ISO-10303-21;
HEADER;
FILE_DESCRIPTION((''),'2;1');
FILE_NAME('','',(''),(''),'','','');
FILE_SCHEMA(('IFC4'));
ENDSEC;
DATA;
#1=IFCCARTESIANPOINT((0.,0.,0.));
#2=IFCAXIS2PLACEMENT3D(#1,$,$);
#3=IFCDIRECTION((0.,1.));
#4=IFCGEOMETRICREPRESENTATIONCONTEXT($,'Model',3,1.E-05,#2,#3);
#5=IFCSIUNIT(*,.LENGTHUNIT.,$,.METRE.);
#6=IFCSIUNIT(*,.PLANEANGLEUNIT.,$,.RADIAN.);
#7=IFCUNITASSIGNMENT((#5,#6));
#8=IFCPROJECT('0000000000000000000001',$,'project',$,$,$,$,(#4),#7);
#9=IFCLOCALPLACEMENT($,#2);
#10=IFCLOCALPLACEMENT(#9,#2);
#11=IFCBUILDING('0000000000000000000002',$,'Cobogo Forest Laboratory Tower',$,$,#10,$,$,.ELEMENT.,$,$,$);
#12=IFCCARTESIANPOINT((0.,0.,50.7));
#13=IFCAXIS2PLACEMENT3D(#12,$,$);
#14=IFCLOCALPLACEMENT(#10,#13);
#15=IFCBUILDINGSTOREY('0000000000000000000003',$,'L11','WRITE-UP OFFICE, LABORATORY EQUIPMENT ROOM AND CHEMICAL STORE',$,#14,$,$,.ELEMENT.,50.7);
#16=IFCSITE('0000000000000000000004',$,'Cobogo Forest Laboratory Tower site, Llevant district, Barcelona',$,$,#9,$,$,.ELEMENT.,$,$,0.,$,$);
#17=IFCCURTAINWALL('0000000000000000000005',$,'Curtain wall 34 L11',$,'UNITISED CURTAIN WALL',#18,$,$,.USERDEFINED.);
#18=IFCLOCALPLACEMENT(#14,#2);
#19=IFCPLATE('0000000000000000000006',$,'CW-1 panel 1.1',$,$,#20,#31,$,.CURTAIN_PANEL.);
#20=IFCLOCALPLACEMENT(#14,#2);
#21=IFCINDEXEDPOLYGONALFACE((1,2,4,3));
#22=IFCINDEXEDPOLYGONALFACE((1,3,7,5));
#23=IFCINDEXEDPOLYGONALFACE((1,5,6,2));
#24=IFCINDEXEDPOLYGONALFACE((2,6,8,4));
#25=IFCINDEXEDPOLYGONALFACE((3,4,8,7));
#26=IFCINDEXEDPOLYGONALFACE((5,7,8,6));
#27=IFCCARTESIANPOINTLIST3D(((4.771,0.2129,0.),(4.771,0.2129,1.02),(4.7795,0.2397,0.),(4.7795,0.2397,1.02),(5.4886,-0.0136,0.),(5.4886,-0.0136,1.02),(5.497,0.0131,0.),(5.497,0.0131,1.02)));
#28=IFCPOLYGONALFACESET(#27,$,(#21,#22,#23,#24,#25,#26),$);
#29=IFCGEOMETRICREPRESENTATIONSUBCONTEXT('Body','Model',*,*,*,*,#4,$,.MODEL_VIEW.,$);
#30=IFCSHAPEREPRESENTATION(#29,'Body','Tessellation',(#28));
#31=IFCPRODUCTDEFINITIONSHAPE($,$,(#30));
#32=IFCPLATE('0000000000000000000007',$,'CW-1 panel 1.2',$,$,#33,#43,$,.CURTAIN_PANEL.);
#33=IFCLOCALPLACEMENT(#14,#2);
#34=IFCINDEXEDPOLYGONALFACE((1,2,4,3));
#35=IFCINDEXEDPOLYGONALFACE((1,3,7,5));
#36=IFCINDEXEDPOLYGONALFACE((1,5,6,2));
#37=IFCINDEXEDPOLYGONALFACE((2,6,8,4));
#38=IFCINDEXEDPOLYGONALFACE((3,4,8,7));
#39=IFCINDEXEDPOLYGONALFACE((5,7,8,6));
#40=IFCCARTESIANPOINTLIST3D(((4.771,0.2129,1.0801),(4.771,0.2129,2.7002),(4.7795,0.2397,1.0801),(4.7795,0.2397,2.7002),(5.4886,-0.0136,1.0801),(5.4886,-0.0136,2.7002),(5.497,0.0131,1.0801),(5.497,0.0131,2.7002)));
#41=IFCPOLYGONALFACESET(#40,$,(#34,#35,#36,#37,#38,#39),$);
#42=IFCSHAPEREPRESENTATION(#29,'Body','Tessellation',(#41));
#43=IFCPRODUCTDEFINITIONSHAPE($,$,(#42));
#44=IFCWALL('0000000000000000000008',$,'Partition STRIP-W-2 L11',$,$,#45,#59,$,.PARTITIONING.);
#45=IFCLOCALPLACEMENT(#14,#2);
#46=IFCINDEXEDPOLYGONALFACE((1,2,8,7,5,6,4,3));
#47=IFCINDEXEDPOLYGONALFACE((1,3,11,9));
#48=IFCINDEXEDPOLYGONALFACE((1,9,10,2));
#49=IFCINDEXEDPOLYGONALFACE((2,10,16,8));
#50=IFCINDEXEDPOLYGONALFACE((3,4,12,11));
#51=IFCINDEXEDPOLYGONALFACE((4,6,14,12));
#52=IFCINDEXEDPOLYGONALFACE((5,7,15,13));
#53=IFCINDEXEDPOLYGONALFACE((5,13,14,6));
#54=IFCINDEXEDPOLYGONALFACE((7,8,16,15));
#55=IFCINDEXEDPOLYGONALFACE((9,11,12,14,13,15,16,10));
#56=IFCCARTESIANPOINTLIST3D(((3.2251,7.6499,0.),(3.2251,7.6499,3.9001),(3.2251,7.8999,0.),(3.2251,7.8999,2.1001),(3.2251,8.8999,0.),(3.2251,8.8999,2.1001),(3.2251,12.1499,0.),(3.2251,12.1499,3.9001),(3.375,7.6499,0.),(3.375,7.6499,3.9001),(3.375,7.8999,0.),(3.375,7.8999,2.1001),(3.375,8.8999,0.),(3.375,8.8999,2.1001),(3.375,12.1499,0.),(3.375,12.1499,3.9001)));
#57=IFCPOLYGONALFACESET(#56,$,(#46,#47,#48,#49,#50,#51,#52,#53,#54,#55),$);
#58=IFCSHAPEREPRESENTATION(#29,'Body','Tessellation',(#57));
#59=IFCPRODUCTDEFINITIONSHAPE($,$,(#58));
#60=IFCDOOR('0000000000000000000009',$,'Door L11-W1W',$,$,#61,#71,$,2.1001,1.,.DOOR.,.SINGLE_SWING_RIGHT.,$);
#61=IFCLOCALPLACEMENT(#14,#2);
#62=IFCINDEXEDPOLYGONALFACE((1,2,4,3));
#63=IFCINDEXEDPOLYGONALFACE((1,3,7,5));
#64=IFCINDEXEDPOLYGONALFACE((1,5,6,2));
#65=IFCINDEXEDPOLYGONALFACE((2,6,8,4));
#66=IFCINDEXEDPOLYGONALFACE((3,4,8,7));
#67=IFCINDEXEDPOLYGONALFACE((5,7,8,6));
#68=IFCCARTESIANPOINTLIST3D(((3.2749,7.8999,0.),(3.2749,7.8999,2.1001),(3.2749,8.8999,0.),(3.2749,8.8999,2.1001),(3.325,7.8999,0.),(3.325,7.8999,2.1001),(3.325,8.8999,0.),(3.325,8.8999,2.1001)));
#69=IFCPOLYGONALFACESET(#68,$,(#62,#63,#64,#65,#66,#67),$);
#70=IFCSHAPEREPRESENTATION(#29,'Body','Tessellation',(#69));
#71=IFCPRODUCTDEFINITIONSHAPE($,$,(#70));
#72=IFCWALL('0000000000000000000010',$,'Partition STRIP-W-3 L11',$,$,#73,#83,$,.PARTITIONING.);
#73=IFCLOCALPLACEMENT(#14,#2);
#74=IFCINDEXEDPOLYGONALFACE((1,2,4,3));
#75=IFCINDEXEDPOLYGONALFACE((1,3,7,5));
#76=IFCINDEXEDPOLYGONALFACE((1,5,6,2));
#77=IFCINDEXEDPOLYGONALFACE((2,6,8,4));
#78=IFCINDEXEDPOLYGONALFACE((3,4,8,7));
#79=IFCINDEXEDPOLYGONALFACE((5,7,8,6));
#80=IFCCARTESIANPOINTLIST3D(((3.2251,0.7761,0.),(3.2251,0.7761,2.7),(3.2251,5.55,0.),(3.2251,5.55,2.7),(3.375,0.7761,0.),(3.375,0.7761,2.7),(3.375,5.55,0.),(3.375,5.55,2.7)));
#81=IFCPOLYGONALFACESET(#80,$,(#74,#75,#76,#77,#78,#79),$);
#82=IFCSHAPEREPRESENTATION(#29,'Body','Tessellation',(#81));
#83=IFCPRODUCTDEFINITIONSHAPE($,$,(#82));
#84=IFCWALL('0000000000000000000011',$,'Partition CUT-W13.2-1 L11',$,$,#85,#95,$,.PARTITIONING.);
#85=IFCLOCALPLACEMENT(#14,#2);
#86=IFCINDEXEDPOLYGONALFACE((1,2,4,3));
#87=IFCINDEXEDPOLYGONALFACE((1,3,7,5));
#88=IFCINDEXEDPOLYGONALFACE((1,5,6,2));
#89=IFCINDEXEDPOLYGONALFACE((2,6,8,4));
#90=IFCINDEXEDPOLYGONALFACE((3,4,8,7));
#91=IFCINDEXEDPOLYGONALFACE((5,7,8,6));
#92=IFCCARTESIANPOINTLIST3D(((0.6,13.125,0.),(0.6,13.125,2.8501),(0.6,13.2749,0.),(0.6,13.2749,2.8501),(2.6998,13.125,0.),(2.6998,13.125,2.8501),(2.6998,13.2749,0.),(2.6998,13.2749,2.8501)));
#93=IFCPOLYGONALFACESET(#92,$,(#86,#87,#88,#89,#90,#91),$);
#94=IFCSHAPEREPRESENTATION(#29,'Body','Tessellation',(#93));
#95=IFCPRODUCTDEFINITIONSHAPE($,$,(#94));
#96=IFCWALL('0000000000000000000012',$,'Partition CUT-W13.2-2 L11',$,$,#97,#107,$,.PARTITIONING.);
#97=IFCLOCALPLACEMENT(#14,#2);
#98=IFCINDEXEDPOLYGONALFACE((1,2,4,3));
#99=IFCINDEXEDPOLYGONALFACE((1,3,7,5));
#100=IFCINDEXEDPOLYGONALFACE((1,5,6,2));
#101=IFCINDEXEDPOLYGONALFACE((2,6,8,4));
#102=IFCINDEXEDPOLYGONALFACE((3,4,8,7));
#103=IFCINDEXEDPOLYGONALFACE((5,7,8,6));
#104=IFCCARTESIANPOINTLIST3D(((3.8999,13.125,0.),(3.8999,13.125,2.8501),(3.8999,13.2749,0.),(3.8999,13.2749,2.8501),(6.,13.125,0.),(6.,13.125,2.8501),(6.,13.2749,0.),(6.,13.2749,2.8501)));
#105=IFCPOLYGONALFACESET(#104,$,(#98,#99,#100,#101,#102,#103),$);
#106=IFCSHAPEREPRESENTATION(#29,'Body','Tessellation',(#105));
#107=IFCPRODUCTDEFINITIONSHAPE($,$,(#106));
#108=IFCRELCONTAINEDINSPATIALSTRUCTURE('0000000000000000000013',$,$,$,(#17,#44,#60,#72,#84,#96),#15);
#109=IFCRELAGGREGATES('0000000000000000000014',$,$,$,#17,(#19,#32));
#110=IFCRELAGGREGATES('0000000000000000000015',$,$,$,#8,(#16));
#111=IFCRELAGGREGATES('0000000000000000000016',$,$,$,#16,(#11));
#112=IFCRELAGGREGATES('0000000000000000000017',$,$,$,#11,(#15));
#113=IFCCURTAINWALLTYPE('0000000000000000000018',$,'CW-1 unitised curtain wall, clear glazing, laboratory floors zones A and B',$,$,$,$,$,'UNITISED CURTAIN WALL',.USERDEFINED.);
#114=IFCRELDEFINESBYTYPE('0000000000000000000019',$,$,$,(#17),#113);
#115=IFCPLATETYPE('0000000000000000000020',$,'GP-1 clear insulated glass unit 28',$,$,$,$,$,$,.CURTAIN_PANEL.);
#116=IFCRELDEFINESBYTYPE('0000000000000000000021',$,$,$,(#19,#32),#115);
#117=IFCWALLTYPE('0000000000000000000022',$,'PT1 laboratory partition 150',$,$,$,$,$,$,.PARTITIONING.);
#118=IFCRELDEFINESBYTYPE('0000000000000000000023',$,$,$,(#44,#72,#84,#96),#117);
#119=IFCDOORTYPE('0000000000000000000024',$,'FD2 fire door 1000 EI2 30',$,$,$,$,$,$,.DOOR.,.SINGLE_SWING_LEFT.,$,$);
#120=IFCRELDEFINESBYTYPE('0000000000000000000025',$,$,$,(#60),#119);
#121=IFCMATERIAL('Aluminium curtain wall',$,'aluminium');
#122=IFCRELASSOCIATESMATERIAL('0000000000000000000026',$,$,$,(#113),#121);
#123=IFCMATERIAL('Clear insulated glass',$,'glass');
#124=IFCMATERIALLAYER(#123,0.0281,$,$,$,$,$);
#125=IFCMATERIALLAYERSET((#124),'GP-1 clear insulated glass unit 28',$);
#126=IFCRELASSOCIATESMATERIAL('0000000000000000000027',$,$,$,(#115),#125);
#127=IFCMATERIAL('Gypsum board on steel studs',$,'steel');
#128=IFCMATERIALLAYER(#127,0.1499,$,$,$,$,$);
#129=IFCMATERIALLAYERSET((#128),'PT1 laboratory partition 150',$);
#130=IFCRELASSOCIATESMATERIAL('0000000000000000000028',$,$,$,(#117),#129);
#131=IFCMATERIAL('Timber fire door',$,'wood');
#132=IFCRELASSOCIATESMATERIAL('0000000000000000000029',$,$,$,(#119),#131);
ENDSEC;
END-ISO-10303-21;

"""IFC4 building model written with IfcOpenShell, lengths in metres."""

from ifc_helpers import new_model, si_unit, direction, frame, frame_2d, origin, origin_2d, place, context, subcontext, project, spatial, rectangle, extrude, material, layer, layer_set, type_object, element, fill, aggregate, save


model = new_model("IFC4")

# Units and contexts
model_context = context("Model", 3, precision=1e-05, world=origin(), true_north=direction((0.0, 1.0)))
body_context = subcontext(model_context, "Body", "Model", "MODEL_VIEW")
ifc_project = project(units=[si_unit("LENGTHUNIT", "METRE"), si_unit("PLANEANGLEUNIT", "RADIAN")], contexts=[model_context])

# Site, building, storey
site_placement = place(None, origin())
site = spatial("IfcSite", under=ifc_project, at=site_placement, Name="Cobogo Forest Laboratory Tower site, Llevant district, Barcelona", CompositionType="ELEMENT", RefElevation=0.0)
building_placement = place(site_placement, origin())
building = spatial("IfcBuilding", under=site, at=building_placement, Name="Cobogo Forest Laboratory Tower", CompositionType="ELEMENT")
storey_placement = place(building_placement, frame((0.0, 0.0, 50.7)))
storey = spatial("IfcBuildingStorey", under=building, at=storey_placement, Name="L11", Description="WRITE-UP OFFICE, LABORATORY EQUIPMENT ROOM AND CHEMICAL STORE", CompositionType="ELEMENT", Elevation=50.7)

# Shared definitions
ifc_material_1 = material(Name="Aluminium curtain wall", Category="aluminium")
curtain_wall_type = type_object("IfcCurtainWallType", Name="CW-1 unitised curtain wall, clear glazing, laboratory floors zones A and B", ElementType="UNITISED CURTAIN WALL", PredefinedType="USERDEFINED", material=ifc_material_1)

# Curtain wall
curtain_wall_1_placement = place(storey_placement, origin())
curtain_wall_1 = element("IfcCurtainWall", 1, at=curtain_wall_1_placement, inside=storey, type_object=curtain_wall_type, Name="Curtain wall 34 L11", ObjectType="UNITISED CURTAIN WALL", PredefinedType="USERDEFINED")

# Plates
ifc_material_2 = material(Name="Clear insulated glass", Category="glass")
ifc_layer_1 = layer(ifc_material_2, 0.0281)
ifc_layer_set_1 = layer_set([ifc_layer_1], Name="GP-1 clear insulated glass unit 28")
plate_type = type_object("IfcPlateType", Name="GP-1 clear insulated glass unit 28", PredefinedType="CURTAIN_PANEL", material=ifc_layer_set_1)
plate_1_placement = place(storey_placement, frame((5.134, 0.113, 0.0), z_axis=(0.0, 0.0, 1.0), x_axis=(0.953582, -0.301135, 0.0)))
plate_1 = element("IfcPlate", 2, at=plate_1_placement, type_object=plate_type, Name="CW-1 panel 1.1", PredefinedType="CURTAIN_PANEL", context=body_context, shape_type="SweptSolid", body=[
    extrude(rectangle(XDim=0.7524, YDim=0.0281, at=origin_2d()), origin(), (0.0, 0.0, 1.0), 1.02),
])
plate_2_placement = place(storey_placement, frame((5.134, 0.113, 1.0801), z_axis=(0.0, 0.0, 1.0), x_axis=(0.953582, -0.301135, 0.0)))
plate_2 = element("IfcPlate", 3, at=plate_2_placement, type_object=plate_type, Name="CW-1 panel 1.2", PredefinedType="CURTAIN_PANEL", context=body_context, shape_type="SweptSolid", body=[
    extrude(rectangle(XDim=0.7524, YDim=0.0281, at=origin_2d()), origin(), (0.0, 0.0, 1.0), 1.6201),
])
aggregate(curtain_wall_1, [plate_1, plate_2])

# Wall, opening, door
ifc_material_3 = material(Name="Gypsum board on steel studs", Category="steel")
ifc_layer_2 = layer(ifc_material_3, 0.1499)
ifc_layer_set_2 = layer_set([ifc_layer_2], Name="PT1 laboratory partition 150")
wall_type = type_object("IfcWallType", Name="PT1 laboratory partition 150", PredefinedType="PARTITIONING", material=ifc_layer_set_2)
wall_1_placement = place(storey_placement, frame((3.3, 12.1499, 0.0), z_axis=(0.0, 0.0, 1.0), x_axis=(0.0, -1.0, 0.0)))
wall_1 = element("IfcWall", 4, at=wall_1_placement, inside=storey, type_object=wall_type, Name="Partition STRIP-W-2 L11", PredefinedType="PARTITIONING", context=body_context, shape_type="SweptSolid", body=[
    extrude(rectangle(XDim=4.5, YDim=0.1499, at=frame_2d((2.25, 0.0))), origin(), (0.0, 0.0, 1.0), 3.9001),
])
opening_placement = place(wall_1_placement, frame((3.25, 0.0, 0.0)))
opening = element("IfcOpeningElement", 5, at=opening_placement, cuts=wall_1, PredefinedType="OPENING", context=body_context, shape_type="SweptSolid", body=[
    extrude(rectangle(XDim=1.0, YDim=2.1001, at=frame_2d((0.5, 1.05))), frame((0.0, 0.085, 0.0), z_axis=(0.0, -1.0, 0.0), x_axis=(1.0, 0.0, 0.0)), (0.0, 0.0, 1.0), 0.1699),
])
ifc_material_4 = material(Name="Timber fire door", Category="wood")
door_type = type_object("IfcDoorType", Name="FD2 fire door 1000 EI2 30", OperationType="SINGLE_SWING_LEFT", PredefinedType="DOOR", material=ifc_material_4)
door_placement = place(opening_placement, origin())
door = element("IfcDoor", 6, at=door_placement, inside=storey, type_object=door_type, Name="Door L11-W1W", OperationType="SINGLE_SWING_RIGHT", OverallHeight=2.1001, OverallWidth=1.0, PredefinedType="DOOR", context=body_context, shape_type="SweptSolid", body=[
    extrude(rectangle(XDim=1.0, YDim=2.1001, at=frame_2d((0.5, 1.05))), frame((0.0, 0.0249, 0.0), z_axis=(0.0, -1.0, 0.0), x_axis=(1.0, 0.0, 0.0)), (0.0, 0.0, 1.0), 0.05),
])
fill(opening, door)

# Walls
wall_2_placement = place(storey_placement, frame((3.3, 5.55, 0.0), z_axis=(0.0, 0.0, 1.0), x_axis=(0.0, -1.0, 0.0)))
element("IfcWall", 7, at=wall_2_placement, inside=storey, type_object=wall_type, Name="Partition STRIP-W-3 L11", PredefinedType="PARTITIONING", context=body_context, shape_type="SweptSolid", body=[
    extrude(rectangle(XDim=4.7739, YDim=0.1499, at=frame_2d((2.387, 0.0))), origin(), (0.0, 0.0, 1.0), 2.7),
])
wall_3_placement = place(storey_placement, frame((0.6001, 13.2, 0.0), z_axis=(0.0, 0.0, 1.0), x_axis=(1.0, 0.0, 0.0)))
element("IfcWall", 8, at=wall_3_placement, inside=storey, type_object=wall_type, Name="Partition CUT-W13.2-1 L11", PredefinedType="PARTITIONING", context=body_context, shape_type="SweptSolid", body=[
    extrude(rectangle(XDim=2.0999, YDim=0.1499, at=frame_2d((1.0498, 0.0))), origin(), (0.0, 0.0, 1.0), 2.8501),
])
wall_4_placement = place(storey_placement, frame((3.8999, 13.2, 0.0), z_axis=(0.0, 0.0, 1.0), x_axis=(1.0, 0.0, 0.0)))
element("IfcWall", 9, at=wall_4_placement, inside=storey, type_object=wall_type, Name="Partition CUT-W13.2-2 L11", PredefinedType="PARTITIONING", context=body_context, shape_type="SweptSolid", body=[
    extrude(rectangle(XDim=2.1001, YDim=0.1499, at=frame_2d((1.05, 0.0))), origin(), (0.0, 0.0, 1.0), 2.8501),
])

save(model, "model.ifc")
